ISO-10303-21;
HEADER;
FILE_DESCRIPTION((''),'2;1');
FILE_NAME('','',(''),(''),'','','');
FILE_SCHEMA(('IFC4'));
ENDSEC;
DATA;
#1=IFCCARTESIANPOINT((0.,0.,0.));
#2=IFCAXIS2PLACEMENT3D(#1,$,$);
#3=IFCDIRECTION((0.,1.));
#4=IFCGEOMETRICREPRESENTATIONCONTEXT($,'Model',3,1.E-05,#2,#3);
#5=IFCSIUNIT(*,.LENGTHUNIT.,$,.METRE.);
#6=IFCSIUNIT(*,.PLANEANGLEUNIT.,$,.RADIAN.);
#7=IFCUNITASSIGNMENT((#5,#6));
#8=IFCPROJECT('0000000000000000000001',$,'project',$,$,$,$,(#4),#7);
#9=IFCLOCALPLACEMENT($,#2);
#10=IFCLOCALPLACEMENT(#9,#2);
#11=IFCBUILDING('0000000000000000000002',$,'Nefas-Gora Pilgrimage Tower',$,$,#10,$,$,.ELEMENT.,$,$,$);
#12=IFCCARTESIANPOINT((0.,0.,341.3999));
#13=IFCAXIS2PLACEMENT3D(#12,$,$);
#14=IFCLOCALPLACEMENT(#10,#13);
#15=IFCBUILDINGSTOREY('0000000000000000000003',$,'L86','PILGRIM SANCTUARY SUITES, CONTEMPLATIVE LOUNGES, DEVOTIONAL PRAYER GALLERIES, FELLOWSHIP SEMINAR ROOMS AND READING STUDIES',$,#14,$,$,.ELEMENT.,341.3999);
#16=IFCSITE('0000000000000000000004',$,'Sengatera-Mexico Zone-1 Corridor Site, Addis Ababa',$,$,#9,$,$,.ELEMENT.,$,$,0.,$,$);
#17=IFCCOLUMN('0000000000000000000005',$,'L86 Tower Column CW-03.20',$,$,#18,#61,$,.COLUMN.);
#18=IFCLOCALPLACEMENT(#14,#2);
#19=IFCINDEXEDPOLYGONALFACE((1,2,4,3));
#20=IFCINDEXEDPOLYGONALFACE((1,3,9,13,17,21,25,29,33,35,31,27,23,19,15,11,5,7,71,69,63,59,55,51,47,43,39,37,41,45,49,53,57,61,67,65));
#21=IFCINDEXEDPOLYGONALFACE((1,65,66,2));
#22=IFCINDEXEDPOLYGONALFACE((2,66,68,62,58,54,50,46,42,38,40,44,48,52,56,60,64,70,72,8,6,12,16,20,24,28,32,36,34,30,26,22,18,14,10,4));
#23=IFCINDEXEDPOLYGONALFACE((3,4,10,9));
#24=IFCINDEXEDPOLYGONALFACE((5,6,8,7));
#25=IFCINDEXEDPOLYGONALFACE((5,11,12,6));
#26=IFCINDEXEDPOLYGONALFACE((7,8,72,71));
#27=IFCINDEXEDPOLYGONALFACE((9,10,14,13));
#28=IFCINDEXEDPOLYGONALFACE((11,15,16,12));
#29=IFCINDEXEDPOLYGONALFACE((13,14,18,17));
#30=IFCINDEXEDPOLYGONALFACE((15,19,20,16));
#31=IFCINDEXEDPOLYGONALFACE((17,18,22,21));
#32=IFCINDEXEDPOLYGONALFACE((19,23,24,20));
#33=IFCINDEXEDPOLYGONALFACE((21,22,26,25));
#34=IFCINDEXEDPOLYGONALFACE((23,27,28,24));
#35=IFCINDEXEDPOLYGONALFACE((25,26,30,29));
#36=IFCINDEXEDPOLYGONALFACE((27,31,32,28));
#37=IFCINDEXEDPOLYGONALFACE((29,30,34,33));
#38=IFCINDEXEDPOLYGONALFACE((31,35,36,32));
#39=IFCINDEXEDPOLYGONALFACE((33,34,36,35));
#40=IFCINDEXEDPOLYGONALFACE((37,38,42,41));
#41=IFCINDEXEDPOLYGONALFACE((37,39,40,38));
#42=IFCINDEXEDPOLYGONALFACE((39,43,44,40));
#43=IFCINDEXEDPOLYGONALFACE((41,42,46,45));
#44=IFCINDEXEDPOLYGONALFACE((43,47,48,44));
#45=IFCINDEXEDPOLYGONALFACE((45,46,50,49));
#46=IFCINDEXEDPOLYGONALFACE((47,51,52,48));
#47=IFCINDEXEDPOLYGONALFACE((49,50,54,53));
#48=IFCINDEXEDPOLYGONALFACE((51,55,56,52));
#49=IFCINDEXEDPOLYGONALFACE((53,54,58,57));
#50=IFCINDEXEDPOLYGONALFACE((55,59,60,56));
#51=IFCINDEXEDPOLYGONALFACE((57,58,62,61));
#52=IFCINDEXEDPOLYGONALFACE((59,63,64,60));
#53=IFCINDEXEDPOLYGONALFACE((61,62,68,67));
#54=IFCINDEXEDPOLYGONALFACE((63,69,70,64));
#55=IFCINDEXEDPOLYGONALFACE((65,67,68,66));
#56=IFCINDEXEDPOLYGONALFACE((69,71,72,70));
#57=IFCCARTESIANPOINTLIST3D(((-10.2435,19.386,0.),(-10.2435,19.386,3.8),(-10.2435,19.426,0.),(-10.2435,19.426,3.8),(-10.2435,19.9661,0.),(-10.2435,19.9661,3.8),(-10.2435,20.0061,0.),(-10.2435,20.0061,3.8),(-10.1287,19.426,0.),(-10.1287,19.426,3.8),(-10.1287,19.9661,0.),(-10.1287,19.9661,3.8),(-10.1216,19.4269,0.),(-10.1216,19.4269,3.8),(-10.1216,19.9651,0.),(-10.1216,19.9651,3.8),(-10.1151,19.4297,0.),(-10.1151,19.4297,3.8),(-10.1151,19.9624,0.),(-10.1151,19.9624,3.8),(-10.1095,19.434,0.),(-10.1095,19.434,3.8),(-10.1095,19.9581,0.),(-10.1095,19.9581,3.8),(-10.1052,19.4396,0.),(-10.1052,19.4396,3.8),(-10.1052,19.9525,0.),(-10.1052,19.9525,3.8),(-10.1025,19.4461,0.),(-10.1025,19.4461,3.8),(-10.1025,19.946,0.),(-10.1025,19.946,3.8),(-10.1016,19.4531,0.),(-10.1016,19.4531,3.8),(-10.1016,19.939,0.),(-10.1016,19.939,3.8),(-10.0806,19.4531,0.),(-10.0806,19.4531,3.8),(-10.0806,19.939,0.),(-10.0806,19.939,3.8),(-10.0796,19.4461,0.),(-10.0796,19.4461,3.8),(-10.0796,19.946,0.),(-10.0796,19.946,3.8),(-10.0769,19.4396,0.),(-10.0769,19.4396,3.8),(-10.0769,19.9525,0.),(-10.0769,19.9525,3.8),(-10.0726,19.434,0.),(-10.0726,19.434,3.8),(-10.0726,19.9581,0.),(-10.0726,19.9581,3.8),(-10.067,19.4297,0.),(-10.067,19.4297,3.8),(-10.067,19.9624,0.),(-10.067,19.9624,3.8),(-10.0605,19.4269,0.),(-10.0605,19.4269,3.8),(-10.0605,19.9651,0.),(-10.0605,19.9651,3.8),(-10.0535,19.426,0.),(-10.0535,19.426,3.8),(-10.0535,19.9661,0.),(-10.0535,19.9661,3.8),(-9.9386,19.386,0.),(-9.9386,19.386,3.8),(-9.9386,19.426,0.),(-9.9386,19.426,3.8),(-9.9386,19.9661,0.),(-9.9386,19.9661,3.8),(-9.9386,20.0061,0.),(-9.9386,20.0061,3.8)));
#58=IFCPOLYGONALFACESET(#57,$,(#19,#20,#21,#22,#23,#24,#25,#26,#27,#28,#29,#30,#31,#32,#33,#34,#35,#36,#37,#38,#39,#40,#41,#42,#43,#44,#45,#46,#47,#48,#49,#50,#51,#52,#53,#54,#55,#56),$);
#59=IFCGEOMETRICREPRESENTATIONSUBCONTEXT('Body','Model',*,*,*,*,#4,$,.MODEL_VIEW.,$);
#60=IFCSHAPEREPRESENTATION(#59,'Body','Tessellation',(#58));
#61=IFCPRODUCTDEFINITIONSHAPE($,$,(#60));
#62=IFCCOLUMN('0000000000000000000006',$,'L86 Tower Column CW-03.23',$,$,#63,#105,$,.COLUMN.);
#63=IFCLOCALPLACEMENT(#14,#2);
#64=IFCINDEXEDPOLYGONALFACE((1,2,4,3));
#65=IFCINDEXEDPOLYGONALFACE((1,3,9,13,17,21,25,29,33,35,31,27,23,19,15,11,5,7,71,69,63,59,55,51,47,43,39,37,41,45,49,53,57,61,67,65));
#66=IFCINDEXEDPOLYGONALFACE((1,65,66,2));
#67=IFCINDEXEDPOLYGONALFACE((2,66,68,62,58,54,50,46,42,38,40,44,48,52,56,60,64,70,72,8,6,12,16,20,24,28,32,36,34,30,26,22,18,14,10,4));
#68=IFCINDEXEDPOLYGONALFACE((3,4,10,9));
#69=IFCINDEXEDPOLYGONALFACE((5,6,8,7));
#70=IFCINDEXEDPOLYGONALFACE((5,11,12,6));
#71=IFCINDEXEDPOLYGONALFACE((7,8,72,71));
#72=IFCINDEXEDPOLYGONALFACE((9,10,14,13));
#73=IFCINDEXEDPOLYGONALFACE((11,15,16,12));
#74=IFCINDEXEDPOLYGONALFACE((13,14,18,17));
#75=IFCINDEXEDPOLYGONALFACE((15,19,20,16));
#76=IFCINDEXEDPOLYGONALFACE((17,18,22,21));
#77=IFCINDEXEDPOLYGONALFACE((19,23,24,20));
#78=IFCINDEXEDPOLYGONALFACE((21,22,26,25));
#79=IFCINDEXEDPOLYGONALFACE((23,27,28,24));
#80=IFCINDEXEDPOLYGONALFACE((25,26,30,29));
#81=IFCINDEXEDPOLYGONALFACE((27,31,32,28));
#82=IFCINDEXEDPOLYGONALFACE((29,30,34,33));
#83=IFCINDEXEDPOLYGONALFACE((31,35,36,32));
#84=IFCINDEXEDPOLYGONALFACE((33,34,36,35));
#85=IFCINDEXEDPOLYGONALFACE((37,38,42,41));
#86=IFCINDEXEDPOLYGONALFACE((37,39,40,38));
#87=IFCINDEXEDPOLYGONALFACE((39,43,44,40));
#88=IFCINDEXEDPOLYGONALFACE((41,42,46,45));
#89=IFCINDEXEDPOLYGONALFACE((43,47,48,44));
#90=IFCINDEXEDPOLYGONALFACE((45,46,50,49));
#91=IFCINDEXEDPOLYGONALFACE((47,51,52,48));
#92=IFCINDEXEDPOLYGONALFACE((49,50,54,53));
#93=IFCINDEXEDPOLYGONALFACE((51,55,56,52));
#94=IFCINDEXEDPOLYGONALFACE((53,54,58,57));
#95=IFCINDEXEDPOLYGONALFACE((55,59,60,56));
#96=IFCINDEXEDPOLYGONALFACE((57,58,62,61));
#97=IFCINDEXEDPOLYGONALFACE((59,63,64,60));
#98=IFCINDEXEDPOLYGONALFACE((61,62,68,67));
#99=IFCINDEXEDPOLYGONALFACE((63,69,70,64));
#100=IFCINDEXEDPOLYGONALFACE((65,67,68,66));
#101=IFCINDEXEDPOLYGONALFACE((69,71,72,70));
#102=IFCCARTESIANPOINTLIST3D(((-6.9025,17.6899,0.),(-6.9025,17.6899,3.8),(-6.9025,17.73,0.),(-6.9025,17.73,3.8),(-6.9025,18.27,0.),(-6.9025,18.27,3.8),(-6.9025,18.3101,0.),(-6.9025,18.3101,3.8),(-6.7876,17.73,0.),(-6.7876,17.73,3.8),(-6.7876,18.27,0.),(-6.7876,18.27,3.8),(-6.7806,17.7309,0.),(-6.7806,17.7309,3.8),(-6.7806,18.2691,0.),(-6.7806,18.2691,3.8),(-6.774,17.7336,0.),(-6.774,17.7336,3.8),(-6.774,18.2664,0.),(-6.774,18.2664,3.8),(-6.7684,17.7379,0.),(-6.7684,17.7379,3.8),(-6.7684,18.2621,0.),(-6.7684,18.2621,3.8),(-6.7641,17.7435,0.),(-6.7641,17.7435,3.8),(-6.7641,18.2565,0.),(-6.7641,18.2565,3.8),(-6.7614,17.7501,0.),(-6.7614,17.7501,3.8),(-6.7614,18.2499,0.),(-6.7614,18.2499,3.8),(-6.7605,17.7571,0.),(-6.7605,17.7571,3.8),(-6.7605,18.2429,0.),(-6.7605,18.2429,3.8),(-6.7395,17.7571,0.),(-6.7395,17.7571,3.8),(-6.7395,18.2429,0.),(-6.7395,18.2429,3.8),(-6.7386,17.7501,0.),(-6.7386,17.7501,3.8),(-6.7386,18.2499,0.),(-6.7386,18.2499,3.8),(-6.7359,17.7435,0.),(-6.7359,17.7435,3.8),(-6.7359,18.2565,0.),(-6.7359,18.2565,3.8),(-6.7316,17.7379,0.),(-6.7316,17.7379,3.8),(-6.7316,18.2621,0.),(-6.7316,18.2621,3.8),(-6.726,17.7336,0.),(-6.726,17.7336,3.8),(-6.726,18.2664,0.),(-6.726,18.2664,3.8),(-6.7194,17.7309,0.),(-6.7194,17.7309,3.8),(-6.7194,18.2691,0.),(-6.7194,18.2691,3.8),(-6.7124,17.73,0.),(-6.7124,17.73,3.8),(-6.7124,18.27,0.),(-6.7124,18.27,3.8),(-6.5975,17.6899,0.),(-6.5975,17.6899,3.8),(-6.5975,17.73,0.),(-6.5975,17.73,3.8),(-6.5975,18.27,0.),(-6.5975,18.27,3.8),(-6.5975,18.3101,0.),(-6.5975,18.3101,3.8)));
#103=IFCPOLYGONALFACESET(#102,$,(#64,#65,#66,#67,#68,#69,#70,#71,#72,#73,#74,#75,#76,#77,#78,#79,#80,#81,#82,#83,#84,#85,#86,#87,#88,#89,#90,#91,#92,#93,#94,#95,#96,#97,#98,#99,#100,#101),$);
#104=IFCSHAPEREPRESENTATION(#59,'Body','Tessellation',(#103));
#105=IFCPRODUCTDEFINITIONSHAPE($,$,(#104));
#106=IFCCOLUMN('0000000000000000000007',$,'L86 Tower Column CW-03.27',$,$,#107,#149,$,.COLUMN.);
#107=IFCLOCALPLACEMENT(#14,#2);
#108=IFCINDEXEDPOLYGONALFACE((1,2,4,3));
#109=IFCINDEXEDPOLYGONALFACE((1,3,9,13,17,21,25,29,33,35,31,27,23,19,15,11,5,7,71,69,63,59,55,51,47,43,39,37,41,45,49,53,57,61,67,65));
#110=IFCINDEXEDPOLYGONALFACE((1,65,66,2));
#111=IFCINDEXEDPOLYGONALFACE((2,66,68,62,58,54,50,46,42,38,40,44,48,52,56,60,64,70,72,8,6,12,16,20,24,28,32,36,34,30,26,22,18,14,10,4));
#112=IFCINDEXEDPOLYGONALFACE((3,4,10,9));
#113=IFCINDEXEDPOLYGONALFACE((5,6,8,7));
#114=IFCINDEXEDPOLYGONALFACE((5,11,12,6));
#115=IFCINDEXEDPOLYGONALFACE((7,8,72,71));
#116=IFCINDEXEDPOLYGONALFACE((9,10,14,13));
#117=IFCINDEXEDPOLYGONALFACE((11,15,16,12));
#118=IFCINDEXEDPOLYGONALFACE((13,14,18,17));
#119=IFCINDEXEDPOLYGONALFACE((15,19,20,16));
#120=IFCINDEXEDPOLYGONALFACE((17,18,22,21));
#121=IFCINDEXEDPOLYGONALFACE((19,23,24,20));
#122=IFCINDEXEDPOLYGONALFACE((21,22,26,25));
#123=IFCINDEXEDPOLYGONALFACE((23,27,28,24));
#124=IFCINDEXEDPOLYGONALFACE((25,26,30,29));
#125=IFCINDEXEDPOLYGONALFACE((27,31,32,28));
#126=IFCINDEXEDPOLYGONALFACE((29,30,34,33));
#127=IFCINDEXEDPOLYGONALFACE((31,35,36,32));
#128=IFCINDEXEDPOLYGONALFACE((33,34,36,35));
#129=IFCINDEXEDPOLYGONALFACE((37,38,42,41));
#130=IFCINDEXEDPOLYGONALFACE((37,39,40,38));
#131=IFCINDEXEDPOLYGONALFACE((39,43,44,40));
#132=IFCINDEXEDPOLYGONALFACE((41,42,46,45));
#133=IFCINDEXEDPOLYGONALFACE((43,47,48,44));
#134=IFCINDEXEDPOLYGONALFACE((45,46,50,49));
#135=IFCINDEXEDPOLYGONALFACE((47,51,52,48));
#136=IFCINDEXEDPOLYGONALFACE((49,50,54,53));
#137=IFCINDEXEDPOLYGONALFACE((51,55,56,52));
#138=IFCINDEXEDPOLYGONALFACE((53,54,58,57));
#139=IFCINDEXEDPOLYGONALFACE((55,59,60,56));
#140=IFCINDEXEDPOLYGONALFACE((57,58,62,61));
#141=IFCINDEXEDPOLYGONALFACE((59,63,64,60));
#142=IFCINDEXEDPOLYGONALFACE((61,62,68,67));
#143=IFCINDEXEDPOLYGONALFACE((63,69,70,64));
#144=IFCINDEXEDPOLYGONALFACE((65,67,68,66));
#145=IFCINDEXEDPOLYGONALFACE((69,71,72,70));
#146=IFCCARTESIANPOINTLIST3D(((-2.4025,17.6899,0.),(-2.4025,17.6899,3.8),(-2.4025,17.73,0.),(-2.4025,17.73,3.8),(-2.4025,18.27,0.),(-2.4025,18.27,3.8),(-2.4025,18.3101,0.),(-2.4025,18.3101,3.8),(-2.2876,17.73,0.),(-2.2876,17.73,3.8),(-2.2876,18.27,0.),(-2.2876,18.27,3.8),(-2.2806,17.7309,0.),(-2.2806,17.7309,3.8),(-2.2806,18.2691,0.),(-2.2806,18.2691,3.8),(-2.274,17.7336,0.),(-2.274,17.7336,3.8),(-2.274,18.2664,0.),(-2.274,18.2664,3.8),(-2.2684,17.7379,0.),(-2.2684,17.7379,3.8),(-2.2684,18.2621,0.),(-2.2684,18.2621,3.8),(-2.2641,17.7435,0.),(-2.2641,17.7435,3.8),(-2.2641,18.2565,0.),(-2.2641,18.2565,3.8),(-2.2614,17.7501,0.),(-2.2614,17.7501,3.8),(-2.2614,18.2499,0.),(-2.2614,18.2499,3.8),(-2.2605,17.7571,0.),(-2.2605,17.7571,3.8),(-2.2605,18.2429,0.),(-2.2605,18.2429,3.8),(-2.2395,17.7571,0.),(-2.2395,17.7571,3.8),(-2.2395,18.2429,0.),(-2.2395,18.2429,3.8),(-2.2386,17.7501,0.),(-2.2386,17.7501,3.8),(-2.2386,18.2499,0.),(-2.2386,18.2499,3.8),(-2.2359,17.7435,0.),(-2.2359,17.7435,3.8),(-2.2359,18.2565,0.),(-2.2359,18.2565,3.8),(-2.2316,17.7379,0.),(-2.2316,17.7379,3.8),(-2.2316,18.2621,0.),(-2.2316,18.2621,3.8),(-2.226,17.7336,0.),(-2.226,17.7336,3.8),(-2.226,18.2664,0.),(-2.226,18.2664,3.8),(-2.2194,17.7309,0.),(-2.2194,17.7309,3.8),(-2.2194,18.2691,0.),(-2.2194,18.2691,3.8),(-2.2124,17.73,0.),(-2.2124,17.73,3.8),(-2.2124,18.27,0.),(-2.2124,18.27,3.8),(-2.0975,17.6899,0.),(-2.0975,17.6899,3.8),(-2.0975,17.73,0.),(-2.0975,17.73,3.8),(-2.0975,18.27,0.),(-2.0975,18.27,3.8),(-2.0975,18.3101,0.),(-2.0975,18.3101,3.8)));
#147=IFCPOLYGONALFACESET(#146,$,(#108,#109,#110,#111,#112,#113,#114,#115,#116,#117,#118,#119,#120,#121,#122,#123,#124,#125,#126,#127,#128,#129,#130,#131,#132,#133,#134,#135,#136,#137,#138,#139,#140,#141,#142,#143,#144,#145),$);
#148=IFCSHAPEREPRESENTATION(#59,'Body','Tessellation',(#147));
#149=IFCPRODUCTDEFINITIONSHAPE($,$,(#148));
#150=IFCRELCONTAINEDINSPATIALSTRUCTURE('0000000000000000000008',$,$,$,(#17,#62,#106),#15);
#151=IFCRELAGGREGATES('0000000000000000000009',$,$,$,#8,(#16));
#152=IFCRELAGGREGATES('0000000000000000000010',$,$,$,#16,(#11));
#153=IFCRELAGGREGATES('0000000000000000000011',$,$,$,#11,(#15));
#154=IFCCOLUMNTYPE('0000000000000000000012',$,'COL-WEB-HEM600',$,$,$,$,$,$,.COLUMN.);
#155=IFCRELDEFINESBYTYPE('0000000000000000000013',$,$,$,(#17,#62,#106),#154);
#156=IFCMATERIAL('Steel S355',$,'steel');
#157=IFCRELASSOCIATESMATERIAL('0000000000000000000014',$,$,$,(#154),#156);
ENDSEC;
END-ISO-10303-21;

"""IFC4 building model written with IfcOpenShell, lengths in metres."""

from ifc_helpers import new_model, si_unit, direction, frame, origin, origin_2d, place, context, subcontext, project, spatial, i_section, extrude, source, transform, mapped, material, material_profile, profile_set, type_object, element, save


model = new_model("IFC4")

# Units and contexts
model_context = context("Model", 3, precision=1e-05, world=origin(), true_north=direction((0.0, 1.0)))
body_context = subcontext(model_context, "Body", "Model", "MODEL_VIEW")
ifc_project = project(units=[si_unit("LENGTHUNIT", "METRE"), si_unit("PLANEANGLEUNIT", "RADIAN")], contexts=[model_context])

# Site, building, storey
site_placement = place(None, origin())
site = spatial("IfcSite", under=ifc_project, at=site_placement, Name="Sengatera-Mexico Zone-1 Corridor Site, Addis Ababa", CompositionType="ELEMENT", RefElevation=0.0)
building_placement = place(site_placement, origin())
building = spatial("IfcBuilding", under=site, at=building_placement, Name="Nefas-Gora Pilgrimage Tower", CompositionType="ELEMENT")
storey_placement = place(building_placement, frame((0.0, 0.0, 341.3999)))
storey = spatial("IfcBuildingStorey", under=building, at=storey_placement, Name="L86", Description="PILGRIM SANCTUARY SUITES, CONTEMPLATIVE LOUNGES, DEVOTIONAL PRAYER GALLERIES, FELLOWSHIP SEMINAR ROOMS AND READING STUDIES", CompositionType="ELEMENT", Elevation=341.3999)

# Columns
ifc_material_1 = material(Name="Steel S355", Category="steel")
ifc_material_profile_1 = material_profile(ifc_material_1, i_section(OverallWidth=0.3049, OverallDepth=0.6201, WebThickness=0.021, FlangeThickness=0.04, FilletRadius=0.0271, at=origin_2d()), Name="HEM 600")
ifc_profile_set_1 = profile_set([ifc_material_profile_1], Name="Steel S355")
column_type_1 = type_object("IfcColumnType", Name="COL-WEB-HEM600", PredefinedType="COLUMN", material=ifc_profile_set_1)
shared_shape_1 = source(origin(), body_context, "Body", "SweptSolid", [
    extrude(i_section(OverallWidth=0.3049, OverallDepth=0.6201, WebThickness=0.021, FlangeThickness=0.04, FilletRadius=0.0271, at=origin_2d()), origin(), (0.0, 0.0, 1.0), 3.8),
])
for number, where, z_axis, x_axis, name in (
    (1, (-10.0911, 19.696, 0.0), (0.0, 0.0, 1.0), (1.0, 0.0, 0.0), "L86 Tower Column CW-03.20"),
    (2, (-6.75, 18.0, 0.0), (0.0, 0.0, 1.0), (1.0, 0.0, 0.0), "L86 Tower Column CW-03.23"),
    (3, (-2.25, 18.0, 0.0), (0.0, 0.0, 1.0), (1.0, 0.0, 0.0), "L86 Tower Column CW-03.27"),
):
    element("IfcColumn", number, at=place(storey_placement, frame(where, z_axis=z_axis, x_axis=x_axis)), inside=storey, type_object=column_type_1, Name=name, PredefinedType="COLUMN", context=body_context, shape_type="MappedRepresentation", body=[
        mapped(shared_shape_1, transform((0.0, 0.0, 0.0), x_axis=(1.0, 0.0, 0.0), y_axis=(0.0, 1.0, 0.0), z_axis=(0.0, 0.0, 1.0), scale=1.0)),
    ])

save(model, "model.ifc")
